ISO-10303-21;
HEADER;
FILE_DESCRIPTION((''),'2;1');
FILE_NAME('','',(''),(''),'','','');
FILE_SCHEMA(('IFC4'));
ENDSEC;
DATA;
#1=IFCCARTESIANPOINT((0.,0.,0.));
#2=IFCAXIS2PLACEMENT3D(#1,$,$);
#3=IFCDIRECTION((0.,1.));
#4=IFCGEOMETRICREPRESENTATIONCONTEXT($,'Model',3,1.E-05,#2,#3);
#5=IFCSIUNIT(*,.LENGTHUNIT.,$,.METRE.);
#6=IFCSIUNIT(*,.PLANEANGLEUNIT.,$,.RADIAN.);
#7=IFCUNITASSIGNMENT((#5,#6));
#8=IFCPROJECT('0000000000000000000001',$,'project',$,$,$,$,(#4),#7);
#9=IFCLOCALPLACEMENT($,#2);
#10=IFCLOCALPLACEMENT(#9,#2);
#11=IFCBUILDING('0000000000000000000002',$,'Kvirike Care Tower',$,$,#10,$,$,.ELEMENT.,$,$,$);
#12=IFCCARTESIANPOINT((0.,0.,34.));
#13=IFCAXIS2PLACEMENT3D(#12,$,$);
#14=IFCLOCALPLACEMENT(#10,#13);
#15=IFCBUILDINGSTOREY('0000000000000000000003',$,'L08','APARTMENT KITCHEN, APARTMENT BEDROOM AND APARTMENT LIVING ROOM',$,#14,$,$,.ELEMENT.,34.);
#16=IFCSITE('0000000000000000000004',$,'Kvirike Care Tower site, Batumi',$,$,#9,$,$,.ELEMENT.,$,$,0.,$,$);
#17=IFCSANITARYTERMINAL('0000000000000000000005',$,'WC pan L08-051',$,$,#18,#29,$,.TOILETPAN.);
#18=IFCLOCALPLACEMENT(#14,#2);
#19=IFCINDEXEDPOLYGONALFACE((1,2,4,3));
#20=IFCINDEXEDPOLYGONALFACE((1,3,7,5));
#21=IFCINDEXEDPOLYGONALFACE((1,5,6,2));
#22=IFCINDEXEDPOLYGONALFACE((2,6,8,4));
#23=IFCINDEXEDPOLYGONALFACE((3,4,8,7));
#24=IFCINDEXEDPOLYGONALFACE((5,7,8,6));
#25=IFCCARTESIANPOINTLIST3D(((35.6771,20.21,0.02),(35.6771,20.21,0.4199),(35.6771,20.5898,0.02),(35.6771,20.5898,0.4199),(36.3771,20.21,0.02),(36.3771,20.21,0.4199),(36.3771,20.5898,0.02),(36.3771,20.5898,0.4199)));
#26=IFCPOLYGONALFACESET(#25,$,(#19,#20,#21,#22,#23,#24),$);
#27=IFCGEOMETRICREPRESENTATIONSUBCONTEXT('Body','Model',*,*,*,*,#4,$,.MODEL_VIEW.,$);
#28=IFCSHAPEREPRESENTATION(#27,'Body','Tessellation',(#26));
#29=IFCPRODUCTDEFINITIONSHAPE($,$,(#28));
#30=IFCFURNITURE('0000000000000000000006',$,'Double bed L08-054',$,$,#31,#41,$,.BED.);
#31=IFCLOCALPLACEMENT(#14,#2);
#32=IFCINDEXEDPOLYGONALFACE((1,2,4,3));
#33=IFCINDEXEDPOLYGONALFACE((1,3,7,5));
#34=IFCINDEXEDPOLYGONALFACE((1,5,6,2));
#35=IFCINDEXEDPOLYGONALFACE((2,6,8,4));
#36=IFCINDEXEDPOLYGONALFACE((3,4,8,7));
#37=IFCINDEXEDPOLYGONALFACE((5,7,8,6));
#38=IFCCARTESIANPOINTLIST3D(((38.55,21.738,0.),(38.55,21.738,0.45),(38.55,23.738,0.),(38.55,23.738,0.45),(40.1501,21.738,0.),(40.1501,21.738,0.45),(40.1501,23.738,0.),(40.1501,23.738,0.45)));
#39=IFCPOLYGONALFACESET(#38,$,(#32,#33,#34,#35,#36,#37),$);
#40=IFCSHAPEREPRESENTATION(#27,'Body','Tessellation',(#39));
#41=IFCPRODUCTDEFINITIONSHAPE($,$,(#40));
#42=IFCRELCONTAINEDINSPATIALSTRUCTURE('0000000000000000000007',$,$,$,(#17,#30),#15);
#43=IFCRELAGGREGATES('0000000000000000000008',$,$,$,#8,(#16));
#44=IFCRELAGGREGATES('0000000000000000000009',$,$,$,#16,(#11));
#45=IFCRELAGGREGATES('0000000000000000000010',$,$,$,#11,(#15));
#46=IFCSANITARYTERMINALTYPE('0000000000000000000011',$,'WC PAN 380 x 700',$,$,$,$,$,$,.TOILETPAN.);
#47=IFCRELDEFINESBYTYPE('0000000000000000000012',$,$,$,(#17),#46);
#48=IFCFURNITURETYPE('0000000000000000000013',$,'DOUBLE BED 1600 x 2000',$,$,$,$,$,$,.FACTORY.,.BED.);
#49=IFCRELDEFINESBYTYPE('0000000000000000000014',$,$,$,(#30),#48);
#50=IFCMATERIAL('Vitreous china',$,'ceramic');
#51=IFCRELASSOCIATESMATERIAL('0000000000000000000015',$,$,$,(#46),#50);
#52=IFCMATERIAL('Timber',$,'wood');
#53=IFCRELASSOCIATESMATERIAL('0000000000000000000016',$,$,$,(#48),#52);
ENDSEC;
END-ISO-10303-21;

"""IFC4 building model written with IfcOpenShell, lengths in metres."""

from ifc_helpers import new_model, si_unit, direction, frame, origin, origin_2d, place, context, subcontext, project, spatial, rectangle, extrude, material, type_object, element, save


model = new_model("IFC4")

# Units and contexts
model_context = context("Model", 3, precision=1e-05, world=origin(), true_north=direction((0.0, 1.0)))
body_context = subcontext(model_context, "Body", "Model", "MODEL_VIEW")
ifc_project = project(units=[si_unit("LENGTHUNIT", "METRE"), si_unit("PLANEANGLEUNIT", "RADIAN")], contexts=[model_context])

# Site, building, storey
site_placement = place(None, origin())
site = spatial("IfcSite", under=ifc_project, at=site_placement, Name="Kvirike Care Tower site, Batumi", CompositionType="ELEMENT", RefElevation=0.0)
building_placement = place(site_placement, origin())
building = spatial("IfcBuilding", under=site, at=building_placement, Name="Kvirike Care Tower", CompositionType="ELEMENT")
storey_placement = place(building_placement, frame((0.0, 0.0, 34.0)))
storey = spatial("IfcBuildingStorey", under=building, at=storey_placement, Name="L08", Description="APARTMENT KITCHEN, APARTMENT BEDROOM AND APARTMENT LIVING ROOM", CompositionType="ELEMENT", Elevation=34.0)

# Sanitary terminal
ifc_material_1 = material(Name="Vitreous china", Category="ceramic")
sanitary_terminal_type_1 = type_object("IfcSanitaryTerminalType", Name="WC PAN 380 x 700", PredefinedType="TOILETPAN", material=ifc_material_1)
sanitary_terminal_1_placement = place(storey_placement, frame((36.0271, 20.3999, 0.02), z_axis=(0.0, 0.0, 1.0), x_axis=(0.0, 1.0, 0.0)))
element("IfcSanitaryTerminal", 1, at=sanitary_terminal_1_placement, inside=storey, type_object=sanitary_terminal_type_1, Name="WC pan L08-051", PredefinedType="TOILETPAN", context=body_context, shape_type="SweptSolid", body=[
    extrude(rectangle(XDim=0.3799, YDim=0.7, at=origin_2d()), origin(), (0.0, 0.0, 1.0), 0.3999),
])

# Furniture
ifc_material_2 = material(Name="Timber", Category="wood")
furniture_type = type_object("IfcFurnitureType", Name="DOUBLE BED 1600 x 2000", AssemblyPlace="FACTORY", PredefinedType="BED", material=ifc_material_2)
furniture_placement = place(storey_placement, frame((39.3501, 22.738, 0.0), z_axis=(0.0, 0.0, 1.0), x_axis=(1.0, 0.0, 0.0)))
element("IfcFurniture", 2, at=furniture_placement, inside=storey, type_object=furniture_type, Name="Double bed L08-054", PredefinedType="BED", context=body_context, shape_type="SweptSolid", body=[
    extrude(rectangle(XDim=1.6001, YDim=2.0, at=origin_2d()), origin(), (0.0, 0.0, 1.0), 0.45),
])

save(model, "model.ifc")
